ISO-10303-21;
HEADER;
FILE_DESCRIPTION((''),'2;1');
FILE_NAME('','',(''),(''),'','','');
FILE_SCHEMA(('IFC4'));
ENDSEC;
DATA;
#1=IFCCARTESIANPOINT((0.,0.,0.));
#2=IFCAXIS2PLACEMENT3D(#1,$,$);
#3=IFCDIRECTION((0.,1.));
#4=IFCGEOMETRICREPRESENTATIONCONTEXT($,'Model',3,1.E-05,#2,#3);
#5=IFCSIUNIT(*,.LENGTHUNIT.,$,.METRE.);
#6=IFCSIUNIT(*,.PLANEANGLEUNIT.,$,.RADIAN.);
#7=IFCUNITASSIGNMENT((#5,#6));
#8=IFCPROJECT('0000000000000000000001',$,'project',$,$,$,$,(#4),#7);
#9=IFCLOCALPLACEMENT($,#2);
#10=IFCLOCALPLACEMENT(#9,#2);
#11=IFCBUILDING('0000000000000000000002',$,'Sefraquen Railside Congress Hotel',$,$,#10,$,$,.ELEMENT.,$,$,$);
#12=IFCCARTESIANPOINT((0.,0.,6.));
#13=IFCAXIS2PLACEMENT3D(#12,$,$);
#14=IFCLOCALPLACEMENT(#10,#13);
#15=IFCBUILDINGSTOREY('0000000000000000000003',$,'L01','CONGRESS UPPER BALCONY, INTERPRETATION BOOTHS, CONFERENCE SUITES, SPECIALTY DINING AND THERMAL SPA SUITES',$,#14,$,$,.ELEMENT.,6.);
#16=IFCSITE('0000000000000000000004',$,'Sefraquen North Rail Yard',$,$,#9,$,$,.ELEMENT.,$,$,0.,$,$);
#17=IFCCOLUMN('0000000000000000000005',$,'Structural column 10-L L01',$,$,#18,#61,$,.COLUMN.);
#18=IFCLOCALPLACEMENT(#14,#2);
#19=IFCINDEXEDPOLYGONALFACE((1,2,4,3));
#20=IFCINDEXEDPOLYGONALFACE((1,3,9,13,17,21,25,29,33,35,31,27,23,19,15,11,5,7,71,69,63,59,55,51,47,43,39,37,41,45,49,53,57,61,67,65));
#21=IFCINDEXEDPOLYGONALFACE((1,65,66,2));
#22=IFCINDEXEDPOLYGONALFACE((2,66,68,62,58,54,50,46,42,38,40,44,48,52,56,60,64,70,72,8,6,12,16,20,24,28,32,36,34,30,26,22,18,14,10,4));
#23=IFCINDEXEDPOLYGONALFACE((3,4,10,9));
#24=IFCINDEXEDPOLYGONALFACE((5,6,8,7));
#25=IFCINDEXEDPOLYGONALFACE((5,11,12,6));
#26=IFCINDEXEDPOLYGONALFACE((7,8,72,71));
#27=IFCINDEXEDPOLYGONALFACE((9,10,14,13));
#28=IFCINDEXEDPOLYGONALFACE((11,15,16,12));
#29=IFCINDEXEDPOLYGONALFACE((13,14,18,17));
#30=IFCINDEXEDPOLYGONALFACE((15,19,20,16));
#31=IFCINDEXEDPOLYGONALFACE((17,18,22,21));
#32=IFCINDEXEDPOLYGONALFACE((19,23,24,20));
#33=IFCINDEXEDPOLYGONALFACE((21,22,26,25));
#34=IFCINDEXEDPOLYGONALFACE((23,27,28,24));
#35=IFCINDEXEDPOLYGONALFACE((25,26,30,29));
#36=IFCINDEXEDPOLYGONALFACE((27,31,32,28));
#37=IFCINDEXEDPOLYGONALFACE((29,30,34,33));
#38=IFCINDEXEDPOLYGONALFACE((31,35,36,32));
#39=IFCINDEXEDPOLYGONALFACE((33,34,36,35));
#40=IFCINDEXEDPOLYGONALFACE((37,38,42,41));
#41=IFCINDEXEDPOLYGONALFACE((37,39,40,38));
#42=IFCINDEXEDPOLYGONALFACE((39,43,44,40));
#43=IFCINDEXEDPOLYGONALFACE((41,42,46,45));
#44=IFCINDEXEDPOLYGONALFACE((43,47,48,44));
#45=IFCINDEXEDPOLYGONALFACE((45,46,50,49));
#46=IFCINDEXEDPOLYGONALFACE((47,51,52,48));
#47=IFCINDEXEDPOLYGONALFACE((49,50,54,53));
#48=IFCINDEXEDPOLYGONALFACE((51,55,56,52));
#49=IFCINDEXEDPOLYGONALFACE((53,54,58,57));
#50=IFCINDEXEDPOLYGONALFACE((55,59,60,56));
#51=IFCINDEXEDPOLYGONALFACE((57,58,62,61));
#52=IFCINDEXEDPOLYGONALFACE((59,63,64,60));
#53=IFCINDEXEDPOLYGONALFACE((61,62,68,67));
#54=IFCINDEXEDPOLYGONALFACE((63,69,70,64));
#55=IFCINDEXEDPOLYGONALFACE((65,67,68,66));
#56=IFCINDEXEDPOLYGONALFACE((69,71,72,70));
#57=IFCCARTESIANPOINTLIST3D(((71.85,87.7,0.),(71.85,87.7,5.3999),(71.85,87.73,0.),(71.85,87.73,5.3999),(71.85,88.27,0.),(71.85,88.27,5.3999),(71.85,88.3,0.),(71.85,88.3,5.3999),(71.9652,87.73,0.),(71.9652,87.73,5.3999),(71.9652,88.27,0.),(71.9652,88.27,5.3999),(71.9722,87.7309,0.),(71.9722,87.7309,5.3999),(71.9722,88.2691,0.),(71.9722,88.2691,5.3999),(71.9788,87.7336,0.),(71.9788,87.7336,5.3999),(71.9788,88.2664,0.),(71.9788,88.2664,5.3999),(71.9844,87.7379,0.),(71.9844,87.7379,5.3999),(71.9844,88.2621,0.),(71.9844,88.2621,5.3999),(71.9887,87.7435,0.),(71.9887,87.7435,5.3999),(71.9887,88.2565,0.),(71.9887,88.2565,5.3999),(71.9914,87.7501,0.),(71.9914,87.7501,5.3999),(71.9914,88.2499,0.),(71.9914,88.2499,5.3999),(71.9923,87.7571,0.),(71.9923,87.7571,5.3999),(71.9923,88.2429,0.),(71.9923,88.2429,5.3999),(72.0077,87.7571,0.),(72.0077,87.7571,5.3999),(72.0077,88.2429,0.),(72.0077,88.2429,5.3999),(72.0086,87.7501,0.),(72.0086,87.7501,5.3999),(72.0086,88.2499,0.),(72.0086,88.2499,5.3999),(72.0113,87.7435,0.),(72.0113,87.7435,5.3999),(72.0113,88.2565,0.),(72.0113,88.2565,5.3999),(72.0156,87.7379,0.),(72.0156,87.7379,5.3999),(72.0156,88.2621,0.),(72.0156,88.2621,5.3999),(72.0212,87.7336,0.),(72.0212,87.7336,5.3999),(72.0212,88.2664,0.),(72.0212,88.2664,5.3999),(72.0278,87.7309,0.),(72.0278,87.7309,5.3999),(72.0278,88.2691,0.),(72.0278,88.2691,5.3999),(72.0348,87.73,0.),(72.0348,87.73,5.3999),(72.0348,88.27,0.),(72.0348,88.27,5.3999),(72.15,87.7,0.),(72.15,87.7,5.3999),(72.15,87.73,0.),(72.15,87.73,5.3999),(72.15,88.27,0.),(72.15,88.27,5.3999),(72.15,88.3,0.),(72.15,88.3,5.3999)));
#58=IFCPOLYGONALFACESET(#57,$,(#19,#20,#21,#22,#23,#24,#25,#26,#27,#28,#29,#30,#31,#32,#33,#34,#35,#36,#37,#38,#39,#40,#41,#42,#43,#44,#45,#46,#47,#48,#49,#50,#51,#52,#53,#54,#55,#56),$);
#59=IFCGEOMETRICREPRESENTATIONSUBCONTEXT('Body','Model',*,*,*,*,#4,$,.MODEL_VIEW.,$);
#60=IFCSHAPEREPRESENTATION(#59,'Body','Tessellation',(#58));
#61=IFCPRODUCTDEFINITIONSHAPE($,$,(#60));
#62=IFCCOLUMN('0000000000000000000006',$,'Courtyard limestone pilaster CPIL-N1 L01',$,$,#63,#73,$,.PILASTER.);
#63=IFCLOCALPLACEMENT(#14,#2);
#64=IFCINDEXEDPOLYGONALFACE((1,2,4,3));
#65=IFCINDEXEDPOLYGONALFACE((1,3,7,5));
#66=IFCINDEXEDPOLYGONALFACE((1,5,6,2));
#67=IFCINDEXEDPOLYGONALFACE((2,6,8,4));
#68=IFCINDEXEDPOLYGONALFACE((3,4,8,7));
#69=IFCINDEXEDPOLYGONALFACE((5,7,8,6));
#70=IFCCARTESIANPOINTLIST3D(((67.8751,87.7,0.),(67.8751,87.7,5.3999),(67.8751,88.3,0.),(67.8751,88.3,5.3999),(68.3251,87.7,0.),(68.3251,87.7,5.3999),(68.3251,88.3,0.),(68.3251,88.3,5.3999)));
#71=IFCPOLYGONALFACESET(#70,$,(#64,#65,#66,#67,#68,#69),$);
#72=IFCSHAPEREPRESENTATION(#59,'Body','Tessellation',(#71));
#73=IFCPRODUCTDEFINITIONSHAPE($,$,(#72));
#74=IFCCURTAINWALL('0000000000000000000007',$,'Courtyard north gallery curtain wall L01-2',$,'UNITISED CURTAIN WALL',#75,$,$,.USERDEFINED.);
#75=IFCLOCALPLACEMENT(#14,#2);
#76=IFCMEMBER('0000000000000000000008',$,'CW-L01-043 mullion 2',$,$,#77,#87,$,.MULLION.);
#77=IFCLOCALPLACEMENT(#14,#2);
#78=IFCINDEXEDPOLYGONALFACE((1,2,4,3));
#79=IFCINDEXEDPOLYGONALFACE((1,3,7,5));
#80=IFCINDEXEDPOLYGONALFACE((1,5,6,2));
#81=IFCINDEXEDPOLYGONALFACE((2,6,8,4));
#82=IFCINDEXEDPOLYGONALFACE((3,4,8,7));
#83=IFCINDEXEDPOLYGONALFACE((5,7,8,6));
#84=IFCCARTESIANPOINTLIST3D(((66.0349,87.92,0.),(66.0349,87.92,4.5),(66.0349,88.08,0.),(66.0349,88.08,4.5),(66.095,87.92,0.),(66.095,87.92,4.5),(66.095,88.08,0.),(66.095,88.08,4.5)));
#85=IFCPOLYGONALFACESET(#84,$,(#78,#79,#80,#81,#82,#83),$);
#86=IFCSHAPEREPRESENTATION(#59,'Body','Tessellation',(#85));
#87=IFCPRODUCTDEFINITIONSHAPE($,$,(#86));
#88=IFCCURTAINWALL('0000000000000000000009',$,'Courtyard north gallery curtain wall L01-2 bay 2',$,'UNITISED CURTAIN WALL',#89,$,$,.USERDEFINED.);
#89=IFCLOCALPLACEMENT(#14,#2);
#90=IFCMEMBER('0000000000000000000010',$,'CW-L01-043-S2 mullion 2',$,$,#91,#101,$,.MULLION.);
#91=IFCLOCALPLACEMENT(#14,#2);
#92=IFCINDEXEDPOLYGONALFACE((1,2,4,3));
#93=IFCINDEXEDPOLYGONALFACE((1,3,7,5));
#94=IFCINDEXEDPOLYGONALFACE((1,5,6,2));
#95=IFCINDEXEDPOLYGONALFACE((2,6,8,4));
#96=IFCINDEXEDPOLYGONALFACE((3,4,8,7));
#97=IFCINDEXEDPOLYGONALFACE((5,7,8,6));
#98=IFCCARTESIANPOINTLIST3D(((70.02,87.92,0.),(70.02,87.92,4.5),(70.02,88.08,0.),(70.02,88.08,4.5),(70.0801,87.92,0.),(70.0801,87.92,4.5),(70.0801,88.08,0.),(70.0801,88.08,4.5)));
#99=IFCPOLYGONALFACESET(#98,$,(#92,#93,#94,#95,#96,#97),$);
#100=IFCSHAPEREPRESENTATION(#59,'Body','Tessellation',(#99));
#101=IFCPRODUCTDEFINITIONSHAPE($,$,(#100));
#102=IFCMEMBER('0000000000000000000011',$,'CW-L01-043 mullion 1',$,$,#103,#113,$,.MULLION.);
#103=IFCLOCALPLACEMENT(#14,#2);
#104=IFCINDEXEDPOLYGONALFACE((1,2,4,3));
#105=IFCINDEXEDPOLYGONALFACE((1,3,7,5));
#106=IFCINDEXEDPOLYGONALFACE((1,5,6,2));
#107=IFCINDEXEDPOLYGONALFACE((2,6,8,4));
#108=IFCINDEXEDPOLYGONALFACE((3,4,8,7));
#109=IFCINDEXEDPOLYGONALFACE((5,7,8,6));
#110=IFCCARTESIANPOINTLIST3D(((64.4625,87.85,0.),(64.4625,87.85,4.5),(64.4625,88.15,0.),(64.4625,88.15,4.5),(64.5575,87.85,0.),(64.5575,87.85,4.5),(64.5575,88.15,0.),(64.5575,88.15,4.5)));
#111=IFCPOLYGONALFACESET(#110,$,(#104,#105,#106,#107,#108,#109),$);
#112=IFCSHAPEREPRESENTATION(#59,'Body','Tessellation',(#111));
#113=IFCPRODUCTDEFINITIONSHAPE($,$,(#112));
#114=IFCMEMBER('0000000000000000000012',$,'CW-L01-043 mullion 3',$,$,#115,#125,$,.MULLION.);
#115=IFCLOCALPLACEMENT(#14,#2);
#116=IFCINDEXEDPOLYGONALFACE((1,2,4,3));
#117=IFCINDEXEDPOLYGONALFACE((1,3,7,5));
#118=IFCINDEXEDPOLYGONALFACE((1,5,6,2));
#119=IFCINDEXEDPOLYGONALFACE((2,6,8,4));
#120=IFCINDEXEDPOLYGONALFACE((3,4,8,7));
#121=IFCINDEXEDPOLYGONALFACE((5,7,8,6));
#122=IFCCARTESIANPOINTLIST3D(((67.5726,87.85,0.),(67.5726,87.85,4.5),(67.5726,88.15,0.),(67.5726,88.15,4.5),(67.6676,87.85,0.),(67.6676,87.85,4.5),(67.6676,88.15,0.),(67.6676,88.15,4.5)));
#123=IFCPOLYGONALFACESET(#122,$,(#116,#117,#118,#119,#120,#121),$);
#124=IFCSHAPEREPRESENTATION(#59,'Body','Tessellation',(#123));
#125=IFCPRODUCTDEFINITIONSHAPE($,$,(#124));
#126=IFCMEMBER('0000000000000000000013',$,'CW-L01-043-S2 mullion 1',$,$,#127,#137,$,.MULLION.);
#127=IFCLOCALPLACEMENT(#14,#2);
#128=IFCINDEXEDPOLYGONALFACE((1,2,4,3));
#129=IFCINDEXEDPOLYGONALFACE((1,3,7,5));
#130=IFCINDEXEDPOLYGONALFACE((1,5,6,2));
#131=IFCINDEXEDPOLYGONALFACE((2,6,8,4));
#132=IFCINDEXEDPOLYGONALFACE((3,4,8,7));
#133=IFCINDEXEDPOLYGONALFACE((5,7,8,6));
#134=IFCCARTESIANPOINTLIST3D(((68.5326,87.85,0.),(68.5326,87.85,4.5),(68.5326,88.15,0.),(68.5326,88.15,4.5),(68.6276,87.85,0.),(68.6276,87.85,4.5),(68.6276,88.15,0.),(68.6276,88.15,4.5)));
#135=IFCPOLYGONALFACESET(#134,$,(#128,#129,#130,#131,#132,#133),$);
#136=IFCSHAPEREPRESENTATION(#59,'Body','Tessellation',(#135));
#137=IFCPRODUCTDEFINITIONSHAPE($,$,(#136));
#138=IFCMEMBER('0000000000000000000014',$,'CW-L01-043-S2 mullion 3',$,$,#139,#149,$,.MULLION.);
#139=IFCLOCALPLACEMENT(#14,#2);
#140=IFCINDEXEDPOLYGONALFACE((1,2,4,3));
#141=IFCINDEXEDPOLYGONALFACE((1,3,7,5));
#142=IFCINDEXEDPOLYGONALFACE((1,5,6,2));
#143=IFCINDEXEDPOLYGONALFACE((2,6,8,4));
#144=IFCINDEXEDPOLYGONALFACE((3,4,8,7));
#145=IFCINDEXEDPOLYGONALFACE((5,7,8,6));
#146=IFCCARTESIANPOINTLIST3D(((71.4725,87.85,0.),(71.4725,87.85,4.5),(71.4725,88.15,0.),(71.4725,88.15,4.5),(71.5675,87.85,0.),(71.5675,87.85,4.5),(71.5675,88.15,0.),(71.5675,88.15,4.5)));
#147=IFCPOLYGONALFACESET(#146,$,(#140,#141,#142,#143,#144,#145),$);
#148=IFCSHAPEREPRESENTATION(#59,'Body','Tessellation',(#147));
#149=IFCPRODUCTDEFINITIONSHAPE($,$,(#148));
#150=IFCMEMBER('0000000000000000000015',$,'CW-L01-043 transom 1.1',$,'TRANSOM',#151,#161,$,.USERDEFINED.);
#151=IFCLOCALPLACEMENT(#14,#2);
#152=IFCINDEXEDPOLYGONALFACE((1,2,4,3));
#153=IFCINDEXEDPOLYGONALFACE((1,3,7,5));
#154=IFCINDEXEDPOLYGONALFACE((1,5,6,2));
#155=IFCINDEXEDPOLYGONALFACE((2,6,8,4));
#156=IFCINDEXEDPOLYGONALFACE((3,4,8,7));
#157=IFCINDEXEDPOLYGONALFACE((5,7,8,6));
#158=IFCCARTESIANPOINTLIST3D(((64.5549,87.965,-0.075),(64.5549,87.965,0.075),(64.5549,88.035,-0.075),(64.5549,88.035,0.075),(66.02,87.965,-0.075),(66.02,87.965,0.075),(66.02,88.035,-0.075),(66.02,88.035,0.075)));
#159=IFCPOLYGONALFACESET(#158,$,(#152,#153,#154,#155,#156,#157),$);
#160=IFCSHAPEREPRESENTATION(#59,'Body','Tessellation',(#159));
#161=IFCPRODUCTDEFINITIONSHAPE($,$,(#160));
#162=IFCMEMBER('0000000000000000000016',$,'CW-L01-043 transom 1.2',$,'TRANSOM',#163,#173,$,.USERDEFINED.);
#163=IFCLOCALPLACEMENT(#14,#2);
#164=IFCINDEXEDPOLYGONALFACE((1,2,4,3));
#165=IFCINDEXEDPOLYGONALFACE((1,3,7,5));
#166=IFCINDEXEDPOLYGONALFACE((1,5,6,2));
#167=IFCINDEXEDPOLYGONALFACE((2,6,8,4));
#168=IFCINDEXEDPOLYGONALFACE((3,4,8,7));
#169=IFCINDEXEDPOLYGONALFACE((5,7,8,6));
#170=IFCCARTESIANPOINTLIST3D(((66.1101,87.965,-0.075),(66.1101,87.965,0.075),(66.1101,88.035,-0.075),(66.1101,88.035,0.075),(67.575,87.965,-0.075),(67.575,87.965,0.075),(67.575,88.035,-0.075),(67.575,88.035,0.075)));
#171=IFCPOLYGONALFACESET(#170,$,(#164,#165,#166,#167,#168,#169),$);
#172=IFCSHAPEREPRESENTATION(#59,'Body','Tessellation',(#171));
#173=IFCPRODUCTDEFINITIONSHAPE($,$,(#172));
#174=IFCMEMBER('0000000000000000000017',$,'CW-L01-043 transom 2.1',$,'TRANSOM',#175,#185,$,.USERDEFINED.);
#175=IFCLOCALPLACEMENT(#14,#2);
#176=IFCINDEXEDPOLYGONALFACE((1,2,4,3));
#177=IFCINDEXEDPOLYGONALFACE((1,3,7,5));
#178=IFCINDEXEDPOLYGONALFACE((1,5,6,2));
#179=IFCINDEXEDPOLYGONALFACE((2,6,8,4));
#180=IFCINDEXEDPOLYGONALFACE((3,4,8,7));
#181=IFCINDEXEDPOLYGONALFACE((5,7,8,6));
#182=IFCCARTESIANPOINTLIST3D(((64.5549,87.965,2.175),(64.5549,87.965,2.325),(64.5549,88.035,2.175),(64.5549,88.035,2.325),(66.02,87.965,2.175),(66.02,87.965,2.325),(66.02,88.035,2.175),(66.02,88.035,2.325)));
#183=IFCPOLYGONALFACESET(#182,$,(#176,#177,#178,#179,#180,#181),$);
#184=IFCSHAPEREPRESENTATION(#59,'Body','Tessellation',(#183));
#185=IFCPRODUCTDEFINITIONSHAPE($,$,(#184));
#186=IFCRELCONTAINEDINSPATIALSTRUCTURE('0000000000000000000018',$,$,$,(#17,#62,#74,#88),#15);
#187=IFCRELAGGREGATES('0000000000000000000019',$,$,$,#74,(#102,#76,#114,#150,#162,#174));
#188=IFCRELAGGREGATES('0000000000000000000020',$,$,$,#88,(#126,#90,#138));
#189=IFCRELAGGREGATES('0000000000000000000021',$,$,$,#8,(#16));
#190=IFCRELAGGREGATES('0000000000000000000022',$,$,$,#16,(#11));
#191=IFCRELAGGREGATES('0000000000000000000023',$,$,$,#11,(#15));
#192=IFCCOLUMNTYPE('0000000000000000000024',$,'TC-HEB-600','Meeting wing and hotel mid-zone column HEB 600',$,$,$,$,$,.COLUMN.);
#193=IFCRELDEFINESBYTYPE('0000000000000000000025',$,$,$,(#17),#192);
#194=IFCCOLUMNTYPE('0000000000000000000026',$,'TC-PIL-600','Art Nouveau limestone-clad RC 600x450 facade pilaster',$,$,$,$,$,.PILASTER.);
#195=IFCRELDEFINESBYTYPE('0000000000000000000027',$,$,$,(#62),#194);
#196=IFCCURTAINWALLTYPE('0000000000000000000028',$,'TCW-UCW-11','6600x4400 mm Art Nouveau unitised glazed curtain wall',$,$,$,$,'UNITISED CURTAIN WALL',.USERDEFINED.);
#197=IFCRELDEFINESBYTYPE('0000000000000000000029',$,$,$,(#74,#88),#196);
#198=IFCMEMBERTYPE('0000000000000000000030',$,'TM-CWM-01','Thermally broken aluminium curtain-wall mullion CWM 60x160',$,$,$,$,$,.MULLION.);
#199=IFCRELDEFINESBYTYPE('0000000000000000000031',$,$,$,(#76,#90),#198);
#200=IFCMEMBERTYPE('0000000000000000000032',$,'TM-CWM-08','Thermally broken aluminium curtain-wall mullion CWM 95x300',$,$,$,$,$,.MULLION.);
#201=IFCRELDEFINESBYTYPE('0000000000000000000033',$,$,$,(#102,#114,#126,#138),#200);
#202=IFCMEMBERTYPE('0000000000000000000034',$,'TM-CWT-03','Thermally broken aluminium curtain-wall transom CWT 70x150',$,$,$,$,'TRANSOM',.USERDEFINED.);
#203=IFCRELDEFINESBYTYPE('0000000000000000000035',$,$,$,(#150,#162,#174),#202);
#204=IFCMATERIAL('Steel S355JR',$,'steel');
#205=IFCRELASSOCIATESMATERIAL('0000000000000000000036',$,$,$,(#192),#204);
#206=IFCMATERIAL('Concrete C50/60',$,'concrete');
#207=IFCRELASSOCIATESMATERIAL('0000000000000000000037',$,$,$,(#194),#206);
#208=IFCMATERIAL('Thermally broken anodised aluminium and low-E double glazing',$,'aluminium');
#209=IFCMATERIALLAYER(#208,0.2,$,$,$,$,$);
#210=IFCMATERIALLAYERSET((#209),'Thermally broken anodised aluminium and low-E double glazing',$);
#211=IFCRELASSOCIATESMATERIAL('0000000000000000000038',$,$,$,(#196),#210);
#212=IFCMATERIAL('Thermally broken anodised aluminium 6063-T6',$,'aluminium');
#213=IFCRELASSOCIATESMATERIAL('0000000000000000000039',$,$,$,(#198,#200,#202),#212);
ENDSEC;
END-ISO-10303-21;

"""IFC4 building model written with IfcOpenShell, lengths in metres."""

from ifc_helpers import new_model, si_unit, direction, frame, origin, origin_2d, place, context, subcontext, project, spatial, rectangle, i_section, extrude, material, layer, layer_set, material_profile, profile_set, type_object, element, aggregate, save


model = new_model("IFC4")

# Units and contexts
model_context = context("Model", 3, precision=1e-05, world=origin(), true_north=direction((0.0, 1.0)))
body_context = subcontext(model_context, "Body", "Model", "MODEL_VIEW")
ifc_project = project(units=[si_unit("LENGTHUNIT", "METRE"), si_unit("PLANEANGLEUNIT", "RADIAN")], contexts=[model_context])

# Site, building, storey
site_placement = place(None, origin())
site = spatial("IfcSite", under=ifc_project, at=site_placement, Name="Sefraquen North Rail Yard", CompositionType="ELEMENT", RefElevation=0.0)
building_placement = place(site_placement, origin())
building = spatial("IfcBuilding", under=site, at=building_placement, Name="Sefraquen Railside Congress Hotel", CompositionType="ELEMENT")
storey_placement = place(building_placement, frame((0.0, 0.0, 6.0)))
storey = spatial("IfcBuildingStorey", under=building, at=storey_placement, Name="L01", Description="CONGRESS UPPER BALCONY, INTERPRETATION BOOTHS, CONFERENCE SUITES, SPECIALTY DINING AND THERMAL SPA SUITES", CompositionType="ELEMENT", Elevation=6.0)

# Columns
ifc_material_1 = material(Name="Steel S355JR", Category="steel")
ifc_material_profile_1 = material_profile(ifc_material_1, i_section(OverallWidth=0.3, OverallDepth=0.6001, WebThickness=0.0154, FlangeThickness=0.03, FilletRadius=0.0271, at=origin_2d()), Name="HEB 600")
ifc_profile_set_1 = profile_set([ifc_material_profile_1], Name="Steel S355JR")
column_type_1 = type_object("IfcColumnType", Name="TC-HEB-600", Description="Meeting wing and hotel mid-zone column HEB 600", PredefinedType="COLUMN", material=ifc_profile_set_1)
column_1_placement = place(storey_placement, frame((72.0, 88.0, 0.0), z_axis=(0.0, 0.0, 1.0), x_axis=(1.0, 0.0, 0.0)))
element("IfcColumn", 1, at=column_1_placement, inside=storey, type_object=column_type_1, Name="Structural column 10-L L01", PredefinedType="COLUMN", context=body_context, shape_type="SweptSolid", body=[
    extrude(i_section(OverallWidth=0.3, OverallDepth=0.6001, WebThickness=0.0154, FlangeThickness=0.03, FilletRadius=0.0271, at=origin_2d()), origin(), (0.0, 0.0, 1.0), 5.3999),
])
ifc_material_2 = material(Name="Concrete C50/60", Category="concrete")
ifc_material_profile_2 = material_profile(ifc_material_2, rectangle(XDim=0.45, YDim=0.6001, at=origin_2d()), Name="RC 600x450")
ifc_profile_set_2 = profile_set([ifc_material_profile_2], Name="Concrete C50/60")
column_type_2 = type_object("IfcColumnType", Name="TC-PIL-600", Description="Art Nouveau limestone-clad RC 600x450 facade pilaster", PredefinedType="PILASTER", material=ifc_profile_set_2)
column_2_placement = place(storey_placement, frame((68.1001, 88.0, 0.0), z_axis=(0.0, 0.0, 1.0), x_axis=(1.0, 0.0, 0.0)))
element("IfcColumn", 2, at=column_2_placement, inside=storey, type_object=column_type_2, Name="Courtyard limestone pilaster CPIL-N1 L01", PredefinedType="PILASTER", context=body_context, shape_type="SweptSolid", body=[
    extrude(rectangle(XDim=0.45, YDim=0.6001, at=origin_2d()), origin(), (0.0, 0.0, 1.0), 5.3999),
])

# Curtain walls, members
ifc_material_3 = material(Name="Thermally broken anodised aluminium and low-E double glazing", Category="aluminium")
ifc_layer_1 = layer(ifc_material_3, 0.2)
ifc_layer_set_1 = layer_set([ifc_layer_1], Name="Thermally broken anodised aluminium and low-E double glazing")
curtain_wall_type = type_object("IfcCurtainWallType", Name="TCW-UCW-11", Description="6600x4400 mm Art Nouveau unitised glazed curtain wall", ElementType="UNITISED CURTAIN WALL", PredefinedType="USERDEFINED", material=ifc_layer_set_1)
curtain_wall_1_placement = place(storey_placement, origin())
curtain_wall_1 = element("IfcCurtainWall", 3, at=curtain_wall_1_placement, inside=storey, type_object=curtain_wall_type, Name="Courtyard north gallery curtain wall L01-2", ObjectType="UNITISED CURTAIN WALL", PredefinedType="USERDEFINED")
ifc_material_4 = material(Name="Thermally broken anodised aluminium 6063-T6", Category="aluminium")
ifc_material_profile_3 = material_profile(ifc_material_4, rectangle(XDim=0.0601, YDim=0.1599, at=origin_2d()), Name="CWM 60x160")
ifc_profile_set_3 = profile_set([ifc_material_profile_3], Name="Thermally broken anodised aluminium 6063-T6")
member_type_1 = type_object("IfcMemberType", Name="TM-CWM-01", Description="Thermally broken aluminium curtain-wall mullion CWM 60x160", PredefinedType="MULLION", material=ifc_profile_set_3)
member_1_placement = place(storey_placement, frame((66.0649, 88.0, 0.0), z_axis=(0.0, 0.0, 1.0), x_axis=(1.0, 0.0, 0.0)))
member_1 = element("IfcMember", 4, at=member_1_placement, type_object=member_type_1, Name="CW-L01-043 mullion 2", PredefinedType="MULLION", context=body_context, shape_type="SweptSolid", body=[
    extrude(rectangle(XDim=0.0601, YDim=0.1599, at=origin_2d()), origin(), (0.0, 0.0, 1.0), 4.5),
])
curtain_wall_2_placement = place(storey_placement, origin())
curtain_wall_2 = element("IfcCurtainWall", 5, at=curtain_wall_2_placement, inside=storey, type_object=curtain_wall_type, Name="Courtyard north gallery curtain wall L01-2 bay 2", ObjectType="UNITISED CURTAIN WALL", PredefinedType="USERDEFINED")
member_2_placement = place(storey_placement, frame((70.05, 88.0, 0.0), z_axis=(0.0, 0.0, 1.0), x_axis=(1.0, 0.0, 0.0)))
member_2 = element("IfcMember", 6, at=member_2_placement, type_object=member_type_1, Name="CW-L01-043-S2 mullion 2", PredefinedType="MULLION", context=body_context, shape_type="SweptSolid", body=[
    extrude(rectangle(XDim=0.0601, YDim=0.1599, at=origin_2d()), origin(), (0.0, 0.0, 1.0), 4.5),
])

# Members
ifc_material_profile_4 = material_profile(ifc_material_4, rectangle(XDim=0.095, YDim=0.3, at=origin_2d()), Name="CWM 95x300")
ifc_profile_set_4 = profile_set([ifc_material_profile_4], Name="Thermally broken anodised aluminium 6063-T6")
member_type_2 = type_object("IfcMemberType", Name="TM-CWM-08", Description="Thermally broken aluminium curtain-wall mullion CWM 95x300", PredefinedType="MULLION", material=ifc_profile_set_4)
member_3_placement = place(storey_placement, frame((64.51, 88.0, 0.0), z_axis=(0.0, 0.0, 1.0), x_axis=(1.0, 0.0, 0.0)))
member_3 = element("IfcMember", 7, at=member_3_placement, type_object=member_type_2, Name="CW-L01-043 mullion 1", PredefinedType="MULLION", context=body_context, shape_type="SweptSolid", body=[
    extrude(rectangle(XDim=0.095, YDim=0.3, at=origin_2d()), origin(), (0.0, 0.0, 1.0), 4.5),
])
member_4_placement = place(storey_placement, frame((67.6201, 88.0, 0.0), z_axis=(0.0, 0.0, 1.0), x_axis=(1.0, 0.0, 0.0)))
member_4 = element("IfcMember", 8, at=member_4_placement, type_object=member_type_2, Name="CW-L01-043 mullion 3", PredefinedType="MULLION", context=body_context, shape_type="SweptSolid", body=[
    extrude(rectangle(XDim=0.095, YDim=0.3, at=origin_2d()), origin(), (0.0, 0.0, 1.0), 4.5),
])
member_5_placement = place(storey_placement, frame((68.5801, 88.0, 0.0), z_axis=(0.0, 0.0, 1.0), x_axis=(1.0, 0.0, 0.0)))
member_5 = element("IfcMember", 9, at=member_5_placement, type_object=member_type_2, Name="CW-L01-043-S2 mullion 1", PredefinedType="MULLION", context=body_context, shape_type="SweptSolid", body=[
    extrude(rectangle(XDim=0.095, YDim=0.3, at=origin_2d()), origin(), (0.0, 0.0, 1.0), 4.5),
])
member_6_placement = place(storey_placement, frame((71.52, 88.0, 0.0), z_axis=(0.0, 0.0, 1.0), x_axis=(1.0, 0.0, 0.0)))
member_6 = element("IfcMember", 10, at=member_6_placement, type_object=member_type_2, Name="CW-L01-043-S2 mullion 3", PredefinedType="MULLION", context=body_context, shape_type="SweptSolid", body=[
    extrude(rectangle(XDim=0.095, YDim=0.3, at=origin_2d()), origin(), (0.0, 0.0, 1.0), 4.5),
])
ifc_material_profile_5 = material_profile(ifc_material_4, rectangle(XDim=0.0701, YDim=0.1499, at=origin_2d()), Name="CWT 70x150")
ifc_profile_set_5 = profile_set([ifc_material_profile_5], Name="Thermally broken anodised aluminium 6063-T6")
member_type_3 = type_object("IfcMemberType", Name="TM-CWT-03", Description="Thermally broken aluminium curtain-wall transom CWT 70x150", ElementType="TRANSOM", PredefinedType="USERDEFINED", material=ifc_profile_set_5)
member_7_placement = place(storey_placement, frame((64.5549, 88.0, 0.0), z_axis=(1.0, 0.0, 0.0), x_axis=(0.0, 1.0, 0.0)))
member_7 = element("IfcMember", 11, at=member_7_placement, type_object=member_type_3, Name="CW-L01-043 transom 1.1", ObjectType="TRANSOM", PredefinedType="USERDEFINED", context=body_context, shape_type="SweptSolid", body=[
    extrude(rectangle(XDim=0.0701, YDim=0.1499, at=origin_2d()), origin(), (0.0, 0.0, 1.0), 1.4651),
])
member_8_placement = place(storey_placement, frame((66.1101, 88.0, 0.0), z_axis=(1.0, 0.0, 0.0), x_axis=(0.0, 1.0, 0.0)))
member_8 = element("IfcMember", 12, at=member_8_placement, type_object=member_type_3, Name="CW-L01-043 transom 1.2", ObjectType="TRANSOM", PredefinedType="USERDEFINED", context=body_context, shape_type="SweptSolid", body=[
    extrude(rectangle(XDim=0.0701, YDim=0.1499, at=origin_2d()), origin(), (0.0, 0.0, 1.0), 1.4648),
])
member_9_placement = place(storey_placement, frame((64.5549, 88.0, 2.25), z_axis=(1.0, 0.0, 0.0), x_axis=(0.0, 1.0, 0.0)))
member_9 = element("IfcMember", 13, at=member_9_placement, type_object=member_type_3, Name="CW-L01-043 transom 2.1", ObjectType="TRANSOM", PredefinedType="USERDEFINED", context=body_context, shape_type="SweptSolid", body=[
    extrude(rectangle(XDim=0.0701, YDim=0.1499, at=origin_2d()), origin(), (0.0, 0.0, 1.0), 1.4651),
])

aggregate(curtain_wall_1, [member_3, member_1, member_4, member_7, member_8, member_9])
aggregate(curtain_wall_2, [member_5, member_2, member_6])

save(model, "model.ifc")
